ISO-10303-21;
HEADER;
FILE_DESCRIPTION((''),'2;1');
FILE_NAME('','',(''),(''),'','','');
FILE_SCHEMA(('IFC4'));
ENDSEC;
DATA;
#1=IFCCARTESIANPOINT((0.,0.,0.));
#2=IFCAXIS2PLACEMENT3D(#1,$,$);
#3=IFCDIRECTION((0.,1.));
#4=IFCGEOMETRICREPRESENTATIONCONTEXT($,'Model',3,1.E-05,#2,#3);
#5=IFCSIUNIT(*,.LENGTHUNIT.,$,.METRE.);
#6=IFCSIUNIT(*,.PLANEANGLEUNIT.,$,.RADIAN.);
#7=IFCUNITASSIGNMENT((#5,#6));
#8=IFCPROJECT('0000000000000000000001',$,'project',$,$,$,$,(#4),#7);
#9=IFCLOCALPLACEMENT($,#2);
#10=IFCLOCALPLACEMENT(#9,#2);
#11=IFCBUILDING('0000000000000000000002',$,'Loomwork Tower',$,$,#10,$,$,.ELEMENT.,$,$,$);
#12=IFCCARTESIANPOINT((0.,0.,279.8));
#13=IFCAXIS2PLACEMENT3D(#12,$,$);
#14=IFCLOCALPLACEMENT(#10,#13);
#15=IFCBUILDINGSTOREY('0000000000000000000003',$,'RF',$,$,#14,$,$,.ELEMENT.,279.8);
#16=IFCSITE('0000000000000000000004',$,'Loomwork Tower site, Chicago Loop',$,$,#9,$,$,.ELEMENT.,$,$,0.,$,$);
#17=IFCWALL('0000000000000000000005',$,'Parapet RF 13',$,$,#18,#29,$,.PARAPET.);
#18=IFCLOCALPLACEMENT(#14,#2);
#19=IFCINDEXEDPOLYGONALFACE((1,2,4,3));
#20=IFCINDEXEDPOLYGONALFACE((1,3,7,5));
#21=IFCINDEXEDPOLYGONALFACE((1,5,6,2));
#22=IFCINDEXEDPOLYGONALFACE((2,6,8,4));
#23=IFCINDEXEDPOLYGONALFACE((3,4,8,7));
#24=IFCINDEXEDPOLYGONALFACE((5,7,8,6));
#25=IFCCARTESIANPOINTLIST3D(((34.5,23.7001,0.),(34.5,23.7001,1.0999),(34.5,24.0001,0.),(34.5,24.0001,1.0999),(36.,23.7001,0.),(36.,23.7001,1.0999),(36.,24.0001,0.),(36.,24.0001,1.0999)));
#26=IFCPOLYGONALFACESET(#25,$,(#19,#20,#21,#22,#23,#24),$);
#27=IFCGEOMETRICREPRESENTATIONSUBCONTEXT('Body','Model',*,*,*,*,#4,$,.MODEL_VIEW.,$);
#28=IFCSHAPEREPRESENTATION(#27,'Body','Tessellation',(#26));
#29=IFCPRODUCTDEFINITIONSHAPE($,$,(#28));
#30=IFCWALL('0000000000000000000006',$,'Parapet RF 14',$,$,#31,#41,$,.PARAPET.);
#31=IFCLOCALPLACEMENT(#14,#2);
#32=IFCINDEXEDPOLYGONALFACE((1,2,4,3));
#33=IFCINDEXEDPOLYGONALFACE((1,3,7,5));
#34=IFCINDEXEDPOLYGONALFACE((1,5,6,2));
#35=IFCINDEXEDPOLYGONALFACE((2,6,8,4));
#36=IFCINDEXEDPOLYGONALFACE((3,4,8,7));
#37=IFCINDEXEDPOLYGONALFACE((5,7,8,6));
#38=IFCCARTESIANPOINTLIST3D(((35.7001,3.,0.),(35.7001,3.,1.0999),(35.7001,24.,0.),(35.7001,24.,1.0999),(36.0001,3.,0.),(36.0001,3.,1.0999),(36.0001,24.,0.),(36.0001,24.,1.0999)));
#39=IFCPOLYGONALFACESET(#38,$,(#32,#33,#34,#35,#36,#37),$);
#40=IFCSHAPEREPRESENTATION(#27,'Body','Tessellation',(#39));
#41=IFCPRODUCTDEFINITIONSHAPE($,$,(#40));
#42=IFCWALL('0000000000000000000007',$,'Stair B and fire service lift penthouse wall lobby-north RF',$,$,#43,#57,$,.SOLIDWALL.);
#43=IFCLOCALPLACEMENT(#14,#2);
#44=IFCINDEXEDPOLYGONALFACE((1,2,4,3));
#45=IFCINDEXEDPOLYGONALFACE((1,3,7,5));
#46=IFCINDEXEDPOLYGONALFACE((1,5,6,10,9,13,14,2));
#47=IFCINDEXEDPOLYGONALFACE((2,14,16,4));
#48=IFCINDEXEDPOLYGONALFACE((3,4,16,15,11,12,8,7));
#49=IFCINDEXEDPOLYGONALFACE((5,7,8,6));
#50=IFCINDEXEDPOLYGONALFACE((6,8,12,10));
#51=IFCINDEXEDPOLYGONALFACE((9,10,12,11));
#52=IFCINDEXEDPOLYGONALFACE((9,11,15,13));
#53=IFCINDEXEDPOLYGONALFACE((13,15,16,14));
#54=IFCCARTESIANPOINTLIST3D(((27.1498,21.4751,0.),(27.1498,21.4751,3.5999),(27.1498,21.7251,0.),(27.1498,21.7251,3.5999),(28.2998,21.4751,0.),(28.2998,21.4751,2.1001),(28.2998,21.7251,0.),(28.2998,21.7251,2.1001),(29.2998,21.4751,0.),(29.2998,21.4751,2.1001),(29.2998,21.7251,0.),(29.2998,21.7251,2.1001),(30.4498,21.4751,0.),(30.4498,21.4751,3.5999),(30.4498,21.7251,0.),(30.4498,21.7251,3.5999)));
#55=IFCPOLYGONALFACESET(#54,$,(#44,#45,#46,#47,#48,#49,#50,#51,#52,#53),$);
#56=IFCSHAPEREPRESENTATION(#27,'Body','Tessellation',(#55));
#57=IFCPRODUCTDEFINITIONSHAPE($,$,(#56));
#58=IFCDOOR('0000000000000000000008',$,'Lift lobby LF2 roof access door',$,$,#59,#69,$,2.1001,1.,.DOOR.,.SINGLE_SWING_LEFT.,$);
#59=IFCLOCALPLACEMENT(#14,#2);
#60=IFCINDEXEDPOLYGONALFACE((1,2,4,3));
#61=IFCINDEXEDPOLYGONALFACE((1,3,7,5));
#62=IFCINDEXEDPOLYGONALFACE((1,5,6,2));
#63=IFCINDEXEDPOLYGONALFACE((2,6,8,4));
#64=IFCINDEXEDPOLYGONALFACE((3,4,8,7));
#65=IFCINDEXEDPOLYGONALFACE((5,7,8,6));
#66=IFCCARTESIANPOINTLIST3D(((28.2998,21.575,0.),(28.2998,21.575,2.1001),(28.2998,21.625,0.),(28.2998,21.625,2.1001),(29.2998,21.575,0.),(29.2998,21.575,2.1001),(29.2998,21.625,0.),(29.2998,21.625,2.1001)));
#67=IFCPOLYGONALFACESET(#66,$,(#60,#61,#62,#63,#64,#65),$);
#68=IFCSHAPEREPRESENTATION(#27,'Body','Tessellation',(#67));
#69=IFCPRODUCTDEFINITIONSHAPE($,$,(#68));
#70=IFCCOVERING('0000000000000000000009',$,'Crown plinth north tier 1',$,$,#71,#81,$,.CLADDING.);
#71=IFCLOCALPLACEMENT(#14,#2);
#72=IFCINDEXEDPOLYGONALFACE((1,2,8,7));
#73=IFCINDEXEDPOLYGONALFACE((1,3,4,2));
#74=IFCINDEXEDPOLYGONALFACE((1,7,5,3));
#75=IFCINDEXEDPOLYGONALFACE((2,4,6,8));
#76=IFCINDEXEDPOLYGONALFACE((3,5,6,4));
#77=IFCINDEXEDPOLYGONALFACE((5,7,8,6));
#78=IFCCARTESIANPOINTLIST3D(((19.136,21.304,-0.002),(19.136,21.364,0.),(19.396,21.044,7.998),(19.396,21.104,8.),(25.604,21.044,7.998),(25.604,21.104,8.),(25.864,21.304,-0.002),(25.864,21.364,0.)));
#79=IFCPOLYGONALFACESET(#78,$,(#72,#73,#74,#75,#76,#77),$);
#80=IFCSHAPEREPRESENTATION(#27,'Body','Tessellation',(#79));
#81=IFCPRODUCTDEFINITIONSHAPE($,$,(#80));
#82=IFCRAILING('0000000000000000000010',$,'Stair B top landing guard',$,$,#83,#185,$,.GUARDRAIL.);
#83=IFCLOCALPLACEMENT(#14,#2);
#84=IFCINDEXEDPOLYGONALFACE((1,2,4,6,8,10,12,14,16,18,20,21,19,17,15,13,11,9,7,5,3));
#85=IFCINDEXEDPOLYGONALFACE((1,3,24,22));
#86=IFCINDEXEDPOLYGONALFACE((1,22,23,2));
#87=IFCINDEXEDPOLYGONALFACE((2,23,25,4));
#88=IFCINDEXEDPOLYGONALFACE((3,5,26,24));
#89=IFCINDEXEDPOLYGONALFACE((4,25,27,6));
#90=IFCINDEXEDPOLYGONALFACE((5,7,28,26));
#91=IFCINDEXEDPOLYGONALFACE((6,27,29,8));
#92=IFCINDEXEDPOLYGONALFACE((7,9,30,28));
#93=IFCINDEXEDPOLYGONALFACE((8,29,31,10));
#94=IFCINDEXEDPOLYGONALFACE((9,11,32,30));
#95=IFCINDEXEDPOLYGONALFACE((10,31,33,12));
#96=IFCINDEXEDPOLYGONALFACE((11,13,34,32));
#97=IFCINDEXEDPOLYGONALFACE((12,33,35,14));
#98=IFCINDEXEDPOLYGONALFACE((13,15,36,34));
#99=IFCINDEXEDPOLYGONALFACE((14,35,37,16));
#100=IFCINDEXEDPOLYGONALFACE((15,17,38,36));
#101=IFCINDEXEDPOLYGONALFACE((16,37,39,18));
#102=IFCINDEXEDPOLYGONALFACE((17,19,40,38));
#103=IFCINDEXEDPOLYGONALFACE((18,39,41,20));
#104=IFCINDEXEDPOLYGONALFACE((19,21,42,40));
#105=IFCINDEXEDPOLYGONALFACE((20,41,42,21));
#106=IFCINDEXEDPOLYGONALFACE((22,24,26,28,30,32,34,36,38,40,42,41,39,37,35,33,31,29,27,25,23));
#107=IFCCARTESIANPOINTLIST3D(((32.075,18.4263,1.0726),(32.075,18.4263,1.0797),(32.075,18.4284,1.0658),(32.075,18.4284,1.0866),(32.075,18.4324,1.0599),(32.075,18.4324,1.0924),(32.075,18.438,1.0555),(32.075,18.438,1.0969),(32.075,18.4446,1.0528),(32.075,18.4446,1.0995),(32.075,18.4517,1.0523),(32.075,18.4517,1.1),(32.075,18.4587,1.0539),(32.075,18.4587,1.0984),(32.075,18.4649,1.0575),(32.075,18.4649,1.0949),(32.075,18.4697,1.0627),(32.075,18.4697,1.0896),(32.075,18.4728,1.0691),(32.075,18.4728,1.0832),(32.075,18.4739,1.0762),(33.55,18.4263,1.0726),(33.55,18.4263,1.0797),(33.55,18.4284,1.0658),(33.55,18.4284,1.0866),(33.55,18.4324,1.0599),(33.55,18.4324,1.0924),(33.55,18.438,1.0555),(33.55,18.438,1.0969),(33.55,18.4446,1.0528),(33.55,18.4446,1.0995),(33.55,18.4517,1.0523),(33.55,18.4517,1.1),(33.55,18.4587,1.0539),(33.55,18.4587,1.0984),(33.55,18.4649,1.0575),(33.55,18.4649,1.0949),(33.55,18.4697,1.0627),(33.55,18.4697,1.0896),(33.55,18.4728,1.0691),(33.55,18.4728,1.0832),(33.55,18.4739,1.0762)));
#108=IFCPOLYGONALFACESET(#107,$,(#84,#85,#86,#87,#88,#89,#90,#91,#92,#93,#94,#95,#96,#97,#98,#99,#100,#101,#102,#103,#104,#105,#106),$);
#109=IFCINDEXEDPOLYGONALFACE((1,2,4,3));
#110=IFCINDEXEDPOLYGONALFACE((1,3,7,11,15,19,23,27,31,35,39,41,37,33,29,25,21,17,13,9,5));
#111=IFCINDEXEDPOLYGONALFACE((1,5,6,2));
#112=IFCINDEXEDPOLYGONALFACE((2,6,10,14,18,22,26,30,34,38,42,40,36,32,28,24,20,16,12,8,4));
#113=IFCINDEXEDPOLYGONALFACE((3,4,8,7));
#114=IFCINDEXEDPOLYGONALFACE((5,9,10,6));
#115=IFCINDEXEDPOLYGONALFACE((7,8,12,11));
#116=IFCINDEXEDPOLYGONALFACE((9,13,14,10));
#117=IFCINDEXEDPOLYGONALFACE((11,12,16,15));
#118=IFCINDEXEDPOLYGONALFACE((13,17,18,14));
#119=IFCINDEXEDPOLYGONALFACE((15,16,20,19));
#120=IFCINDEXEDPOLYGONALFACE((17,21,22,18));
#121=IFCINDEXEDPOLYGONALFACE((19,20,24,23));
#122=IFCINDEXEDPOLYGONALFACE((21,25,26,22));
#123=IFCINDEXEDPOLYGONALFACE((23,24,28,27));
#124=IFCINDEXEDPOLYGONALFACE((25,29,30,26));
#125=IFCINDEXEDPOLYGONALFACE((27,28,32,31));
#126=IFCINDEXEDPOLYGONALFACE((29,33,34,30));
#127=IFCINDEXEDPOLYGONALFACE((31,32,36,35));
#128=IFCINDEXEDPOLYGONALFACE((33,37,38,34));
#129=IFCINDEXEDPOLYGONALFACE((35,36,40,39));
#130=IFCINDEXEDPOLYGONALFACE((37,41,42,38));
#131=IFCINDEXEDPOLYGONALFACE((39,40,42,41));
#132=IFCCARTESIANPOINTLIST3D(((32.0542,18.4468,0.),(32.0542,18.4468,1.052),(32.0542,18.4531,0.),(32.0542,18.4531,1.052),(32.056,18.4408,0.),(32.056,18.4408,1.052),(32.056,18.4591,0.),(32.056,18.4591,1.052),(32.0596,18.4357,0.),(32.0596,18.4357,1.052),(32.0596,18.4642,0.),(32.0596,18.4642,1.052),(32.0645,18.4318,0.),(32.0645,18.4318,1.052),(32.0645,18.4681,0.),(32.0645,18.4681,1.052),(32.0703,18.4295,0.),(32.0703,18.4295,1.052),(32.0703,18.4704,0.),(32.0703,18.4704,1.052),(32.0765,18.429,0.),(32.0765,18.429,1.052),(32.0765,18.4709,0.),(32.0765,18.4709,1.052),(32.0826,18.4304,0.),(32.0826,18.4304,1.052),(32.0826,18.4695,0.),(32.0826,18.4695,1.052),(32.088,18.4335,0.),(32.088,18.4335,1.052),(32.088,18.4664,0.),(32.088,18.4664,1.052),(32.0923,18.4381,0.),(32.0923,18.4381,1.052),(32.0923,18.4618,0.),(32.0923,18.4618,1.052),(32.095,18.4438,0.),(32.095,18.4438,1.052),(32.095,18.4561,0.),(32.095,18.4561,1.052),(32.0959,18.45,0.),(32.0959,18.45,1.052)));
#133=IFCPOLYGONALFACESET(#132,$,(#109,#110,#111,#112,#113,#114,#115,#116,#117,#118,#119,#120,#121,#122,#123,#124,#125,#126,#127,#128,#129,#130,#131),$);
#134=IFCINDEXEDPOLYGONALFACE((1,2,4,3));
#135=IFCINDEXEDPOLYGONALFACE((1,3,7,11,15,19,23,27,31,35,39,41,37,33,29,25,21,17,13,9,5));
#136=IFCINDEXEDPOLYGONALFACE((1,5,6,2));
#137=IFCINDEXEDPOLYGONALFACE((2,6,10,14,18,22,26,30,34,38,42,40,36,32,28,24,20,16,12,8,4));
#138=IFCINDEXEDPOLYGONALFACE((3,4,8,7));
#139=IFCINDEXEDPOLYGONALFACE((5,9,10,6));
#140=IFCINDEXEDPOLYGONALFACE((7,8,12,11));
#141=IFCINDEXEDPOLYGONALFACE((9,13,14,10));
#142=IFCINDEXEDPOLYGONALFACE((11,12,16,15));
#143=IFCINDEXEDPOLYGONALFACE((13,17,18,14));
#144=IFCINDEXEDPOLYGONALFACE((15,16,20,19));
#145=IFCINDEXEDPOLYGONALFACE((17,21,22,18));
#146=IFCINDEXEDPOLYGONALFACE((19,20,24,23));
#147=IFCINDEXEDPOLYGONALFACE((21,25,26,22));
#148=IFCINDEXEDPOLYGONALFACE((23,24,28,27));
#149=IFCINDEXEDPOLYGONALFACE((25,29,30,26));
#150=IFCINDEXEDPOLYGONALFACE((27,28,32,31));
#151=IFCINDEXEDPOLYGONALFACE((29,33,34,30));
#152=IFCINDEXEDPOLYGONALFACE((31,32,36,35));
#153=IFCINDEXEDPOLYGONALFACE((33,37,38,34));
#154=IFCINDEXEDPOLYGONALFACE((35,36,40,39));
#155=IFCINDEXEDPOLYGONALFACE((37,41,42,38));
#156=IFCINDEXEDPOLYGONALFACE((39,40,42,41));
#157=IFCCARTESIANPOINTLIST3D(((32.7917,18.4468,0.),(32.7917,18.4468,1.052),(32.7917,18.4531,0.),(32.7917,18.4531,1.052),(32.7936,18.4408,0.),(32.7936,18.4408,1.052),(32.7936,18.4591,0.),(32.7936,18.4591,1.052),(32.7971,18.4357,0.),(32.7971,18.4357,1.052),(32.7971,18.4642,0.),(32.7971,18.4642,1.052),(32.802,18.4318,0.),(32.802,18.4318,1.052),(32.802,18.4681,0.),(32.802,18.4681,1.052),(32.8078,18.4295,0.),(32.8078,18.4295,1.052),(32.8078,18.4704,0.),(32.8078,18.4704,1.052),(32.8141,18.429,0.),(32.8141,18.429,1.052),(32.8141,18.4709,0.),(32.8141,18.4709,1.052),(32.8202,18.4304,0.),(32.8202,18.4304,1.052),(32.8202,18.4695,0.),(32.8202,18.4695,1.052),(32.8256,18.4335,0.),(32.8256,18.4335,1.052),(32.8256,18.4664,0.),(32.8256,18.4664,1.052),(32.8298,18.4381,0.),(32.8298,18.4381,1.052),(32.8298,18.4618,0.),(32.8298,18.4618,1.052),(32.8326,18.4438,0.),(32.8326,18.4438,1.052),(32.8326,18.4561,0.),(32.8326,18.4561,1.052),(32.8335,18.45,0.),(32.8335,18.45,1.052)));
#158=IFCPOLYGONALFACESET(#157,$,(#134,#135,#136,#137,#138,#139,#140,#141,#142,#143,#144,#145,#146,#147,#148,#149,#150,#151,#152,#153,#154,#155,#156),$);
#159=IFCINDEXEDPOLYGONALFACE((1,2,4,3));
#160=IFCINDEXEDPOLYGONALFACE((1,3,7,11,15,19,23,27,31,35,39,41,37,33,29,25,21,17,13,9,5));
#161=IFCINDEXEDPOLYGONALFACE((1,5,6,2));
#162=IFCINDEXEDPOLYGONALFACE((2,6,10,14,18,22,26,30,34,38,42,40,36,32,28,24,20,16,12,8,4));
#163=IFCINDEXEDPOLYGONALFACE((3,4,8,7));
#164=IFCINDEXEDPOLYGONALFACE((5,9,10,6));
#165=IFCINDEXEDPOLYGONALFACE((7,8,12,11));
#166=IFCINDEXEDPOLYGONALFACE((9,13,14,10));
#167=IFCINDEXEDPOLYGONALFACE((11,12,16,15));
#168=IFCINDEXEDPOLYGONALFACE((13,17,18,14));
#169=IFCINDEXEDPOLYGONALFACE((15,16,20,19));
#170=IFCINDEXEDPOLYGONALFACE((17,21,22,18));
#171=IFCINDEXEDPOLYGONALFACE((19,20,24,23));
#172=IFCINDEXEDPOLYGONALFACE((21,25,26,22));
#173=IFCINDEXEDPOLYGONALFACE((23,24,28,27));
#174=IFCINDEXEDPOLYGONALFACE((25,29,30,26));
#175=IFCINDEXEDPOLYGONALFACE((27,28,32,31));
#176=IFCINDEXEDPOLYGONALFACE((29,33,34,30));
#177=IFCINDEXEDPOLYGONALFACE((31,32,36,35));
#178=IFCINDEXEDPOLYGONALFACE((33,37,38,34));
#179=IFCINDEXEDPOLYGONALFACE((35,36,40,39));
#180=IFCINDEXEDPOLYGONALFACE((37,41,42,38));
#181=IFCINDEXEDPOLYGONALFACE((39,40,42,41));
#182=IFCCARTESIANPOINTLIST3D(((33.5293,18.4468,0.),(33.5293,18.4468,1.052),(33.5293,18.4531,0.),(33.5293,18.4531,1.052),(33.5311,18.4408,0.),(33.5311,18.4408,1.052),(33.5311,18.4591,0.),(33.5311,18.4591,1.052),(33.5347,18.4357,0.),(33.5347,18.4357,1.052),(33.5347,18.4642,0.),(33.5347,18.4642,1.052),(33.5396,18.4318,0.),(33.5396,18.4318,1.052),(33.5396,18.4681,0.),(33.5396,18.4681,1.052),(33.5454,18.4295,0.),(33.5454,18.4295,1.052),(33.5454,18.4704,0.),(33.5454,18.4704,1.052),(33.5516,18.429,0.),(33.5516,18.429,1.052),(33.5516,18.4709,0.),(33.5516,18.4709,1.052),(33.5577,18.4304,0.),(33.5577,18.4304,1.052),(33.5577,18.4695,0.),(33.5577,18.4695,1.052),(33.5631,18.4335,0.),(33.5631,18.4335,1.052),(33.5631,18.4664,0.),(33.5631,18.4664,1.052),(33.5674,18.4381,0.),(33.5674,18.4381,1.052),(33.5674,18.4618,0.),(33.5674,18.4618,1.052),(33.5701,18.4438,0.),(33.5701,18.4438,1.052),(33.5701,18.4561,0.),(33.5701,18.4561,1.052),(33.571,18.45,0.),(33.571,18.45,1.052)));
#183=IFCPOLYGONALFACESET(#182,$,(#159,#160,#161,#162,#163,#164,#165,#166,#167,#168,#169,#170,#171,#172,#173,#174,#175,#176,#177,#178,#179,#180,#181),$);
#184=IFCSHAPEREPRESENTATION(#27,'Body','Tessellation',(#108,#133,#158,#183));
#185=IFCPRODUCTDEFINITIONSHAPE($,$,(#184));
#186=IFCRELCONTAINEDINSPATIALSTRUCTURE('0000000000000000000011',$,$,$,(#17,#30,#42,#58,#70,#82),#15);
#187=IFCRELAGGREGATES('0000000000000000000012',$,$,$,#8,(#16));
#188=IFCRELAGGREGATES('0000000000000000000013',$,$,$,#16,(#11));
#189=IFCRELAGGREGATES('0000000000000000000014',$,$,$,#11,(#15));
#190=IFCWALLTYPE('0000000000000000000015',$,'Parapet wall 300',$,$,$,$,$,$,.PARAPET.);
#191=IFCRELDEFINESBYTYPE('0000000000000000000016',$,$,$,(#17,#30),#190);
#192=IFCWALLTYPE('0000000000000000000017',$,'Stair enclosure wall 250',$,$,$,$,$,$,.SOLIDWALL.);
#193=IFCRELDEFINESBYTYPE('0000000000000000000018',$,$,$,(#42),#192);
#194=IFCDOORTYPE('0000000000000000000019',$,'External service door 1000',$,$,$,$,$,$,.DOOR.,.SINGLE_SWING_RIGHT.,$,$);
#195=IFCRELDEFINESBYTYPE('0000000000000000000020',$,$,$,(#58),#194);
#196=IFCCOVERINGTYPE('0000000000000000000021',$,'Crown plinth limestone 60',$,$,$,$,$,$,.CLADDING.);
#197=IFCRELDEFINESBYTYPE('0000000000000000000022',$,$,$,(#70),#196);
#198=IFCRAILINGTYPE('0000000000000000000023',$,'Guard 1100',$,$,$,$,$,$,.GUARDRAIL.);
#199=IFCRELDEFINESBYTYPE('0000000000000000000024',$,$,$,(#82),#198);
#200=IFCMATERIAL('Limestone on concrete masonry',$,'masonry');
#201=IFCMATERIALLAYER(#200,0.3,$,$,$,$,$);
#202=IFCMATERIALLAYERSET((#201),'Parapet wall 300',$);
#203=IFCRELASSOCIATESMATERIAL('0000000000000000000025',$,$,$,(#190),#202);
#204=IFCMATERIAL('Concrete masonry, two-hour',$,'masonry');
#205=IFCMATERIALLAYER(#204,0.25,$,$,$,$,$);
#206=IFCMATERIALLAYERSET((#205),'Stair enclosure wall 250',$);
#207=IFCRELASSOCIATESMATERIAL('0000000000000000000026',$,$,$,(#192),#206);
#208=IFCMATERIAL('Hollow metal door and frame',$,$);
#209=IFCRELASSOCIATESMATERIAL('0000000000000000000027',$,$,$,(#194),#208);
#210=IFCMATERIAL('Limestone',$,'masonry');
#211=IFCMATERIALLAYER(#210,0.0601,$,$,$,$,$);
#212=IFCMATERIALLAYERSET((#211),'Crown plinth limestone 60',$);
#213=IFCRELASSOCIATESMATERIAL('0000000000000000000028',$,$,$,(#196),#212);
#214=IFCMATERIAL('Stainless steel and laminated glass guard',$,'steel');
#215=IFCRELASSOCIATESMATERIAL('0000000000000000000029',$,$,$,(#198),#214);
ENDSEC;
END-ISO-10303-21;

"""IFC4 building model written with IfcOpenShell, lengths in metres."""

from ifc_helpers import new_model, si_unit, direction, frame, frame_2d, origin, origin_2d, place, context, subcontext, project, spatial, polyline, rectangle, circle, outline, extrude, material, layer, layer_set, type_object, element, fill, save


model = new_model("IFC4")

# Units and contexts
model_context = context("Model", 3, precision=1e-05, world=origin(), true_north=direction((0.0, 1.0)))
body_context = subcontext(model_context, "Body", "Model", "MODEL_VIEW")
ifc_project = project(units=[si_unit("LENGTHUNIT", "METRE"), si_unit("PLANEANGLEUNIT", "RADIAN")], contexts=[model_context])

# Site, building, storey
site_placement = place(None, origin())
site = spatial("IfcSite", under=ifc_project, at=site_placement, Name="Loomwork Tower site, Chicago Loop", CompositionType="ELEMENT", RefElevation=0.0)
building_placement = place(site_placement, origin())
building = spatial("IfcBuilding", under=site, at=building_placement, Name="Loomwork Tower", CompositionType="ELEMENT")
storey_placement = place(building_placement, frame((0.0, 0.0, 279.8)))
storey = spatial("IfcBuildingStorey", under=building, at=storey_placement, Name="RF", CompositionType="ELEMENT", Elevation=279.8)

# Walls
ifc_material_1 = material(Name="Limestone on concrete masonry", Category="masonry")
ifc_layer_1 = layer(ifc_material_1, 0.3)
ifc_layer_set_1 = layer_set([ifc_layer_1], Name="Parapet wall 300")
wall_type_1 = type_object("IfcWallType", Name="Parapet wall 300", PredefinedType="PARAPET", material=ifc_layer_set_1)
for number, where, z_axis, x_axis, name in (
    (1, (34.5, 23.8501, 0.0), (0.0, 0.0, 1.0), (1.0, 0.0, 0.0), "Parapet RF 13"),
):
    element("IfcWall", number, at=place(storey_placement, frame(where, z_axis=z_axis, x_axis=x_axis)), inside=storey, type_object=wall_type_1, Name=name, PredefinedType="PARAPET", context=body_context, shape_type="SweptSolid", body=[
        extrude(rectangle(XDim=1.5, YDim=0.3, at=frame_2d((0.75, 0.0))), origin(), (0.0, 0.0, 1.0), 1.0999),
    ])
wall_1_placement = place(storey_placement, frame((35.8501, 24.0, 0.0), z_axis=(0.0, 0.0, 1.0), x_axis=(0.0, -1.0, 0.0)))
element("IfcWall", 2, at=wall_1_placement, inside=storey, type_object=wall_type_1, Name="Parapet RF 14", PredefinedType="PARAPET", context=body_context, shape_type="SweptSolid", body=[
    extrude(rectangle(XDim=21.0, YDim=0.3, at=frame_2d((10.5, 0.0))), origin(), (0.0, 0.0, 1.0), 1.0999),
])

# Wall, opening, door
ifc_material_2 = material(Name="Concrete masonry, two-hour", Category="masonry")
ifc_layer_2 = layer(ifc_material_2, 0.25)
ifc_layer_set_2 = layer_set([ifc_layer_2], Name="Stair enclosure wall 250")
wall_type_2 = type_object("IfcWallType", Name="Stair enclosure wall 250", PredefinedType="SOLIDWALL", material=ifc_layer_set_2)
wall_2_placement = place(storey_placement, frame((27.1499, 21.6001, 0.0), z_axis=(0.0, 0.0, 1.0), x_axis=(1.0, 0.0, 0.0)))
wall_2 = element("IfcWall", 3, at=wall_2_placement, inside=storey, type_object=wall_type_2, Name="Stair B and fire service lift penthouse wall lobby-north RF", PredefinedType="SOLIDWALL", context=body_context, shape_type="SweptSolid", body=[
    extrude(rectangle(XDim=3.3, YDim=0.25, at=frame_2d((1.6499, 0.0))), origin(), (0.0, 0.0, 1.0), 3.5999),
])
opening_1_placement = place(wall_2_placement, frame((1.1499, 0.0, 0.0)))
opening_1 = element("IfcOpeningElement", 4, at=opening_1_placement, cuts=wall_2, PredefinedType="OPENING", context=body_context, shape_type="SweptSolid", body=[
    extrude(rectangle(XDim=1.0, YDim=2.1001, at=frame_2d((0.5, 1.05))), frame((0.0, 0.135, 0.0), z_axis=(0.0, -1.0, 0.0), x_axis=(1.0, 0.0, 0.0)), (0.0, 0.0, 1.0), 0.27),
])
ifc_material_3 = material(Name="Hollow metal door and frame")
door_type_1 = type_object("IfcDoorType", Name="External service door 1000", OperationType="SINGLE_SWING_RIGHT", PredefinedType="DOOR", material=ifc_material_3)
door_1_placement = place(opening_1_placement, origin())
door_1 = element("IfcDoor", 5, at=door_1_placement, inside=storey, type_object=door_type_1, Name="Lift lobby LF2 roof access door", OperationType="SINGLE_SWING_LEFT", OverallHeight=2.1001, OverallWidth=1.0, PredefinedType="DOOR", context=body_context, shape_type="SweptSolid", body=[
    extrude(rectangle(XDim=1.0, YDim=2.1001, at=frame_2d((0.5, 1.05))), frame((0.0, 0.0249, 0.0), z_axis=(0.0, -1.0, 0.0), x_axis=(1.0, 0.0, 0.0)), (0.0, 0.0, 1.0), 0.05),
])
fill(opening_1, door_1)

# Covering
ifc_material_4 = material(Name="Limestone", Category="masonry")
ifc_layer_3 = layer(ifc_material_4, 0.0601)
ifc_layer_set_3 = layer_set([ifc_layer_3], Name="Crown plinth limestone 60")
covering_type = type_object("IfcCoveringType", Name="Crown plinth limestone 60", PredefinedType="CLADDING", material=ifc_layer_set_3)
covering_placement = place(storey_placement, frame((25.864, 21.364, 0.0), z_axis=(0.0, 0.999472, 0.032484), x_axis=(-1.0, 0.0, 0.0)))
element("IfcCovering", 6, at=covering_placement, inside=storey, type_object=covering_type, Name="Crown plinth north tier 1", PredefinedType="CLADDING", context=body_context, shape_type="SweptSolid", body=[
    extrude(outline(polyline([(0.0, 0.0), (6.728, 0.0), (6.468, 8.0042), (0.26, 8.0042), (0.0, 0.0)])), origin(), (0.0, 0.0, -1.0), 0.0601),
])

# Railing
ifc_material_5 = material(Name="Stainless steel and laminated glass guard", Category="steel")
railing_type = type_object("IfcRailingType", Name="Guard 1100", PredefinedType="GUARDRAIL", material=ifc_material_5)
railing_placement = place(storey_placement, frame((32.075, 18.45, 0.0)))
element("IfcRailing", 7, at=railing_placement, inside=storey, type_object=railing_type, Name="Stair B top landing guard", PredefinedType="GUARDRAIL", context=body_context, shape_type="SweptSolid", body=[
    extrude(circle(Radius=0.0239, at=origin_2d()), frame((0.0, 0.0, 1.0762), z_axis=(1.0, 0.0, 0.0), x_axis=(0.0, 1.0, 0.0)), (0.0, 0.0, 1.0), 1.4751),
    extrude(circle(Radius=0.021, at=origin_2d()), origin(), (0.0, 0.0, 1.0), 1.052),
    extrude(circle(Radius=0.021, at=origin_2d()), frame((0.7375, 0.0, 0.0)), (0.0, 0.0, 1.0), 1.052),
    extrude(circle(Radius=0.021, at=origin_2d()), frame((1.4751, 0.0, 0.0)), (0.0, 0.0, 1.0), 1.052),
])

save(model, "model.ifc")
